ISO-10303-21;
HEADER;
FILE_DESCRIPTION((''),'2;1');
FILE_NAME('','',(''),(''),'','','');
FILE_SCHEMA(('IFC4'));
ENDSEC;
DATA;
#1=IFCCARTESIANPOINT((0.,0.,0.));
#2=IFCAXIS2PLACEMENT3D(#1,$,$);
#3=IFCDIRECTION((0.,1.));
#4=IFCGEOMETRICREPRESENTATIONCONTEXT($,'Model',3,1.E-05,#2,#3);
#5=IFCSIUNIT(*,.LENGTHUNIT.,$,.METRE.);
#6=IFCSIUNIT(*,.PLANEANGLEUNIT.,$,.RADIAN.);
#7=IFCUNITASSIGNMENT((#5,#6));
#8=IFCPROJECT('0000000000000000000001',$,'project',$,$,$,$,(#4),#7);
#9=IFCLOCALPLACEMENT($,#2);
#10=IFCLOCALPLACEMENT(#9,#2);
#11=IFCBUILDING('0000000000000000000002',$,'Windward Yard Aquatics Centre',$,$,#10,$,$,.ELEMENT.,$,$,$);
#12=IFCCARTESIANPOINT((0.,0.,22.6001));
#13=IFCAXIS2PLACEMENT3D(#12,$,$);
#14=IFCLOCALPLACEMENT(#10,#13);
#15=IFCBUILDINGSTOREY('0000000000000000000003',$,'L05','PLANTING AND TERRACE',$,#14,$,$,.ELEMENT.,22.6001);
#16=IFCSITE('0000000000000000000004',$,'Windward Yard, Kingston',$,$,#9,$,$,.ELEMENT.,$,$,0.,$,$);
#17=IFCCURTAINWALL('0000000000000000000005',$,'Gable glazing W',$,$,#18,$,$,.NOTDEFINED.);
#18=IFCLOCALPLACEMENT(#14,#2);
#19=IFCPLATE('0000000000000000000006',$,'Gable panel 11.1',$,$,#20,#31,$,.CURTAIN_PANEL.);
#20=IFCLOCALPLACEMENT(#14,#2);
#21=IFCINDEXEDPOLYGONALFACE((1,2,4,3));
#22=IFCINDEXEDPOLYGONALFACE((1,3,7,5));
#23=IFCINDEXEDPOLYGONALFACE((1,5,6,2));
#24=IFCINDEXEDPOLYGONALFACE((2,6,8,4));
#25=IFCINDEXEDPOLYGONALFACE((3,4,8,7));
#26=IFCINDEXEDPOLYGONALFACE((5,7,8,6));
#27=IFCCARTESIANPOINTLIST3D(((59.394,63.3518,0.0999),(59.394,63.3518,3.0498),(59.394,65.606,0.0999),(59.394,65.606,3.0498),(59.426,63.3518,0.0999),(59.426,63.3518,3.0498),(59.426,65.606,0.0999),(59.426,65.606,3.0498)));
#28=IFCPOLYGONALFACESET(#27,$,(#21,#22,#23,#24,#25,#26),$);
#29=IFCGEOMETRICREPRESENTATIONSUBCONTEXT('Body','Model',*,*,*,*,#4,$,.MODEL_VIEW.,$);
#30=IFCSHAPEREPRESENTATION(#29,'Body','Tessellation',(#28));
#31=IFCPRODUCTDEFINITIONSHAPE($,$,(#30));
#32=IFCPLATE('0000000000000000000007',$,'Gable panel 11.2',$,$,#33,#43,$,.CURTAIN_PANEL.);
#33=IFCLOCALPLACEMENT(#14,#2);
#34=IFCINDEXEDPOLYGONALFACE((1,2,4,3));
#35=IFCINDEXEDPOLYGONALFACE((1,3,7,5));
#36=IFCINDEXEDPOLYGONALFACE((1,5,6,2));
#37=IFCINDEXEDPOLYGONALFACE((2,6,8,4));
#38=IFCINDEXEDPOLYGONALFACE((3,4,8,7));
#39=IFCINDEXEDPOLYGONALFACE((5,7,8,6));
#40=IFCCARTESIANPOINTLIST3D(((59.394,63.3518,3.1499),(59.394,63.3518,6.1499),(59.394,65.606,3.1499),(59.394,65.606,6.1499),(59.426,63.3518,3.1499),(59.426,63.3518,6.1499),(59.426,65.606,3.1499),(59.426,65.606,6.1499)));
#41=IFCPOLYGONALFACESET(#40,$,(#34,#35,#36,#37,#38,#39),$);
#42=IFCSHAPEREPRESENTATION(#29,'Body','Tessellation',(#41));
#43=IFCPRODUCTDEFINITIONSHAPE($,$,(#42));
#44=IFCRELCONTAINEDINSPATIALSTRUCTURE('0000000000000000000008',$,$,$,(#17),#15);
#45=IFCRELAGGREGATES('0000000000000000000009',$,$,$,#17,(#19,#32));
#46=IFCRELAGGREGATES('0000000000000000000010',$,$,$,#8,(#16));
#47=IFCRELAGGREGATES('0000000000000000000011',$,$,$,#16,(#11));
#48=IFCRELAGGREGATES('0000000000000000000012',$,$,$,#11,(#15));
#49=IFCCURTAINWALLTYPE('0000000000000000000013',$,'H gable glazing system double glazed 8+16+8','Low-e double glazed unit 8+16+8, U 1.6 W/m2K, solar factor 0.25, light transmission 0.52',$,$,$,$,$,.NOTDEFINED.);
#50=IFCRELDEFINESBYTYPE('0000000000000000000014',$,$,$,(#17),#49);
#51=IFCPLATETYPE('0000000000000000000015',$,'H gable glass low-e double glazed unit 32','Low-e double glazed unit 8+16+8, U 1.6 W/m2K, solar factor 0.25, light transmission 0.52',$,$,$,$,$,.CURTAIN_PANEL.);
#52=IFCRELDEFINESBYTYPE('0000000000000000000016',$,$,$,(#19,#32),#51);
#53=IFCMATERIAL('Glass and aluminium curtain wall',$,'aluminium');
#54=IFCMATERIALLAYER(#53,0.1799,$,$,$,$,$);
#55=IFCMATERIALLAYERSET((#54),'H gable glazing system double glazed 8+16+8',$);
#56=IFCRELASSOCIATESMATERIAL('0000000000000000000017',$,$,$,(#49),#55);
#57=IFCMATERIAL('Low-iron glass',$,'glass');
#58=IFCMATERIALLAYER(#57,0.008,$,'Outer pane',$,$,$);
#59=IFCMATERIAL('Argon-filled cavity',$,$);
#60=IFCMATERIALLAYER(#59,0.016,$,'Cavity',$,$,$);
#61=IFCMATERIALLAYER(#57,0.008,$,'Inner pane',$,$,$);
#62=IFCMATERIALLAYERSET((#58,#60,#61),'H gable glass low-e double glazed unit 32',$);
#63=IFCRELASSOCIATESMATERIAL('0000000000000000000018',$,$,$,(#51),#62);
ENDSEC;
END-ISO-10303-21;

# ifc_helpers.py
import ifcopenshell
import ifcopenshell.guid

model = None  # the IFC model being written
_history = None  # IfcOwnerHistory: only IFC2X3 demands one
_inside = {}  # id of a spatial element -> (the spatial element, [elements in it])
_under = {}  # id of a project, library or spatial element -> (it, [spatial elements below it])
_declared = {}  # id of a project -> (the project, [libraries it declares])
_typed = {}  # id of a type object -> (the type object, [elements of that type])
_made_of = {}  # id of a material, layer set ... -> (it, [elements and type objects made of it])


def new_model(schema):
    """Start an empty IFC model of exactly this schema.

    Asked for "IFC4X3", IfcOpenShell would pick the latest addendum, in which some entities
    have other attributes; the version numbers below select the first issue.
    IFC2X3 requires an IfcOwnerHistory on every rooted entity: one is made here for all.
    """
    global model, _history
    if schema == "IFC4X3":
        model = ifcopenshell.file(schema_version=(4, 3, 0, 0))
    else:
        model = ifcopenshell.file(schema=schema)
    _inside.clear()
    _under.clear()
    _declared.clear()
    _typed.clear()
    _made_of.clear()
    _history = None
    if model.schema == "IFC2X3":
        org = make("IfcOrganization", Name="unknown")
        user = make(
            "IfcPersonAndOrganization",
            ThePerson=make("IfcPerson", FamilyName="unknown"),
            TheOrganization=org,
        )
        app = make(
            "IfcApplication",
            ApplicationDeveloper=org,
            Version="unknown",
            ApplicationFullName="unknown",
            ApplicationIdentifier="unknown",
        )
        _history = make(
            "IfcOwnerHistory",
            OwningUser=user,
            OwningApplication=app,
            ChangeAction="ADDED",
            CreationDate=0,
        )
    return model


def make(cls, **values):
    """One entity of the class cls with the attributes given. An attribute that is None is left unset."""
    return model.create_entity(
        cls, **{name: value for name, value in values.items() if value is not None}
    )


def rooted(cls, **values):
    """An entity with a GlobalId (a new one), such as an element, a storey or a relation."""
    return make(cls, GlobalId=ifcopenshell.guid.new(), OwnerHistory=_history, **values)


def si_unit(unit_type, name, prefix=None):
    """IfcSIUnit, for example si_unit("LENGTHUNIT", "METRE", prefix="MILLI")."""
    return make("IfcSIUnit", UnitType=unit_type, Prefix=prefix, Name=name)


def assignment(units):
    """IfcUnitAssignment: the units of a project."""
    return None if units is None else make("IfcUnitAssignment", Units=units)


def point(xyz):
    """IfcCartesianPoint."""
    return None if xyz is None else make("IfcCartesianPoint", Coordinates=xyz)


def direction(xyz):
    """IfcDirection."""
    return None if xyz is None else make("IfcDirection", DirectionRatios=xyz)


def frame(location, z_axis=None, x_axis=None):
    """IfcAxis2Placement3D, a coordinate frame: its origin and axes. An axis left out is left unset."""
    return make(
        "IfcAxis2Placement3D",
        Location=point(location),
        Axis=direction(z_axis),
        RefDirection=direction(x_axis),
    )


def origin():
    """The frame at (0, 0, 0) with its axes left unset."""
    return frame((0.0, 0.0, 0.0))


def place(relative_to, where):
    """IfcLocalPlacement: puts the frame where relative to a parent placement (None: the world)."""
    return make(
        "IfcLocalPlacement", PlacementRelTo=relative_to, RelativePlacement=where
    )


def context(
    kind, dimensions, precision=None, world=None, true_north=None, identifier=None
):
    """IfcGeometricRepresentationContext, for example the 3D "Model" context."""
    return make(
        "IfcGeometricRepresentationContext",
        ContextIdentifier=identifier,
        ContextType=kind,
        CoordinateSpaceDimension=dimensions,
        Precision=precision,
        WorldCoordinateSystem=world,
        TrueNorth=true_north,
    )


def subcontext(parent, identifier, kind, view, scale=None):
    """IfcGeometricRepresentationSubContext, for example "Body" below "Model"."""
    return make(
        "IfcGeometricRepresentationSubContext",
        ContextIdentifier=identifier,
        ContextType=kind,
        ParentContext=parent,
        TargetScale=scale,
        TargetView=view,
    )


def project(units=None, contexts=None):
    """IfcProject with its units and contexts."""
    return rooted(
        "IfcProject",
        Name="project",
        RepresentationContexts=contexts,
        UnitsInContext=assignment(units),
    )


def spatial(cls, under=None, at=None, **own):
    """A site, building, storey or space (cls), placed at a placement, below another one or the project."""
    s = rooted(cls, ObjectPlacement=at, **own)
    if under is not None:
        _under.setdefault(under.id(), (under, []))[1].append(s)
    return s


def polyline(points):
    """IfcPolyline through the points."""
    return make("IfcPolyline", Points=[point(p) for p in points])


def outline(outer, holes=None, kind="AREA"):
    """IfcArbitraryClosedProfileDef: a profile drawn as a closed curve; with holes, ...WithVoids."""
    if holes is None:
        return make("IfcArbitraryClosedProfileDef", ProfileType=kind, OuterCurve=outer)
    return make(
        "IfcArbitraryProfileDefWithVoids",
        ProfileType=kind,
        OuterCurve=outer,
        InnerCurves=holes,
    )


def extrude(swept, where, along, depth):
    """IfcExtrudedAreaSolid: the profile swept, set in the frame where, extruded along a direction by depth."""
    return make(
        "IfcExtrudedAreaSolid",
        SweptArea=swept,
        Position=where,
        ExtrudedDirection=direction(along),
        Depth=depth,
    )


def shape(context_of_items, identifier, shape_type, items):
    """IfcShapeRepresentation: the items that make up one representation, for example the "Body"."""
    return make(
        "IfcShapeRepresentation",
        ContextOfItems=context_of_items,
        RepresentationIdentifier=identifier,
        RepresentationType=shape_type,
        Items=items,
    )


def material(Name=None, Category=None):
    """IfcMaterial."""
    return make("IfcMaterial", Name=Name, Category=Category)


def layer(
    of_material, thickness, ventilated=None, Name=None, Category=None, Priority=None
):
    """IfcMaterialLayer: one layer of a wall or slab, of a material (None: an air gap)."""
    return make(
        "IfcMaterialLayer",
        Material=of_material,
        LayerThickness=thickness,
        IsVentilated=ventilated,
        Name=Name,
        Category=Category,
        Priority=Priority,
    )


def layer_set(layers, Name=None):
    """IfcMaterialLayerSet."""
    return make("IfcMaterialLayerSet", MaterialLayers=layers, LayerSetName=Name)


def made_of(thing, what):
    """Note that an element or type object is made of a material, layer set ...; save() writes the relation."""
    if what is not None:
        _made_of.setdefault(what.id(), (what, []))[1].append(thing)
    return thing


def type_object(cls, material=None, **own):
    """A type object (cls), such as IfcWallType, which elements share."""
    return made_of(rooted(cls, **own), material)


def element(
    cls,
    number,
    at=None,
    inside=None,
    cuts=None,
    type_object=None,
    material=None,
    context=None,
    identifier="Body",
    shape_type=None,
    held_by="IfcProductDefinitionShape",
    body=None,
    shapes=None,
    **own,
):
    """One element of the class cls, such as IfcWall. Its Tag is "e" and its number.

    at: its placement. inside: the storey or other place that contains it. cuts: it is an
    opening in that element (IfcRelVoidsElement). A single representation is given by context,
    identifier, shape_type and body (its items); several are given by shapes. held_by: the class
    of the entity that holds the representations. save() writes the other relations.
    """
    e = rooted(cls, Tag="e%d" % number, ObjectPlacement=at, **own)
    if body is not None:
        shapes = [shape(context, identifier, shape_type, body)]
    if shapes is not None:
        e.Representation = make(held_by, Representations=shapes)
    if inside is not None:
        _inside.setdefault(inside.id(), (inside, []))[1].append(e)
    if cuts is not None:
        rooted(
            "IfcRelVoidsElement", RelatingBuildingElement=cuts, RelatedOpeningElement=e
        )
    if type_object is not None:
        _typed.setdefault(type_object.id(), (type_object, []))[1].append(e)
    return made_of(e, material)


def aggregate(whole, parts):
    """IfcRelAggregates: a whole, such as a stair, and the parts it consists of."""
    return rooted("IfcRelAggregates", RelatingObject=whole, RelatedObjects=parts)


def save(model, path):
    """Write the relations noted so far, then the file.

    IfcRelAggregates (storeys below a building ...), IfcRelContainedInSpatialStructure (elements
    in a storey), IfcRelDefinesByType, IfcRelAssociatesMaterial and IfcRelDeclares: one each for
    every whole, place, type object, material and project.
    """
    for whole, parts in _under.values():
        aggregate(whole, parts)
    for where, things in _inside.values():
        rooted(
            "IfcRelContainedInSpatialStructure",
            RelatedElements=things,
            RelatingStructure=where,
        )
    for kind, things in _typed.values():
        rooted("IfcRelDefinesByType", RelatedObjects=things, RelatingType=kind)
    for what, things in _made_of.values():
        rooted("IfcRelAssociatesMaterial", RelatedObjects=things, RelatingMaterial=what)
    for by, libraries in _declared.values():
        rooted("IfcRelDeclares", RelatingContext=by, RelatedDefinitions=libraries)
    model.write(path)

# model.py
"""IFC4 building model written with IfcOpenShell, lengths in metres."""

from ifc_helpers import new_model, si_unit, direction, frame, origin, place, context, subcontext, project, spatial, polyline, outline, extrude, material, layer, layer_set, type_object, element, aggregate, save


model = new_model("IFC4")

# Units and contexts
model_context = context("Model", 3, precision=1e-05, world=origin(), true_north=direction((0.0, 1.0)))
body_context = subcontext(model_context, "Body", "Model", "MODEL_VIEW")
ifc_project = project(units=[si_unit("LENGTHUNIT", "METRE"), si_unit("PLANEANGLEUNIT", "RADIAN")], contexts=[model_context])

# Site, building, storey
site_placement = place(None, origin())
site = spatial("IfcSite", under=ifc_project, at=site_placement, Name="Windward Yard, Kingston", CompositionType="ELEMENT", RefElevation=0.0)
building_placement = place(site_placement, origin())
building = spatial("IfcBuilding", under=site, at=building_placement, Name="Windward Yard Aquatics Centre", CompositionType="ELEMENT")
storey_placement = place(building_placement, frame((0.0, 0.0, 22.6001)))
storey = spatial("IfcBuildingStorey", under=building, at=storey_placement, Name="L05", Description="PLANTING AND TERRACE", CompositionType="ELEMENT", Elevation=22.6001)

# Curtain wall, plates
ifc_material_1 = material(Name="Glass and aluminium curtain wall", Category="aluminium")
ifc_layer_1 = layer(ifc_material_1, 0.1799)
ifc_layer_set_1 = layer_set([ifc_layer_1], Name="H gable glazing system double glazed 8+16+8")
curtain_wall_type = type_object("IfcCurtainWallType", Name="H gable glazing system double glazed 8+16+8", Description="Low-e double glazed unit 8+16+8, U 1.6 W/m2K, solar factor 0.25, light transmission 0.52", PredefinedType="NOTDEFINED", material=ifc_layer_set_1)
curtain_wall_placement = place(storey_placement, origin())
curtain_wall = element("IfcCurtainWall", 1, at=curtain_wall_placement, inside=storey, type_object=curtain_wall_type, Name="Gable glazing W", PredefinedType="NOTDEFINED")
ifc_material_2 = material(Name="Low-iron glass", Category="glass")
ifc_layer_2 = layer(ifc_material_2, 0.008, Name="Outer pane")
ifc_material_3 = material(Name="Argon-filled cavity")
ifc_layer_3 = layer(ifc_material_3, 0.016, Name="Cavity")
ifc_layer_4 = layer(ifc_material_2, 0.008, Name="Inner pane")
ifc_layer_set_2 = layer_set([ifc_layer_2, ifc_layer_3, ifc_layer_4], Name="H gable glass low-e double glazed unit 32")
plate_type = type_object("IfcPlateType", Name="H gable glass low-e double glazed unit 32", Description="Low-e double glazed unit 8+16+8, U 1.6 W/m2K, solar factor 0.25, light transmission 0.52", PredefinedType="CURTAIN_PANEL", material=ifc_layer_set_2)
plate_1_placement = place(storey_placement, frame((59.394, 63.3518, 0.0999), z_axis=(-1.0, 0.0, 0.0), x_axis=(0.0, 0.0, 1.0)))
plate_1 = element("IfcPlate", 2, at=plate_1_placement, type_object=plate_type, Name="Gable panel 11.1", PredefinedType="CURTAIN_PANEL", context=body_context, shape_type="SweptSolid", body=[
    extrude(outline(polyline([(0.0, 0.0), (2.95, 0.0), (2.95, 2.2542), (0.0, 2.2542), (0.0, 0.0)])), origin(), (0.0, 0.0, -1.0), 0.032),
])
plate_2_placement = place(storey_placement, frame((59.394, 63.3518, 3.1499), z_axis=(-1.0, 0.0, 0.0), x_axis=(0.0, 0.0, 1.0)))
plate_2 = element("IfcPlate", 3, at=plate_2_placement, type_object=plate_type, Name="Gable panel 11.2", PredefinedType="CURTAIN_PANEL", context=body_context, shape_type="SweptSolid", body=[
    extrude(outline(polyline([(0.0, 0.0), (3.0, 0.0), (3.0, 2.2542), (0.0, 2.2542), (0.0, 0.0)])), origin(), (0.0, 0.0, -1.0), 0.032),
])
aggregate(curtain_wall, [plate_1, plate_2])

save(model, "model.ifc")
